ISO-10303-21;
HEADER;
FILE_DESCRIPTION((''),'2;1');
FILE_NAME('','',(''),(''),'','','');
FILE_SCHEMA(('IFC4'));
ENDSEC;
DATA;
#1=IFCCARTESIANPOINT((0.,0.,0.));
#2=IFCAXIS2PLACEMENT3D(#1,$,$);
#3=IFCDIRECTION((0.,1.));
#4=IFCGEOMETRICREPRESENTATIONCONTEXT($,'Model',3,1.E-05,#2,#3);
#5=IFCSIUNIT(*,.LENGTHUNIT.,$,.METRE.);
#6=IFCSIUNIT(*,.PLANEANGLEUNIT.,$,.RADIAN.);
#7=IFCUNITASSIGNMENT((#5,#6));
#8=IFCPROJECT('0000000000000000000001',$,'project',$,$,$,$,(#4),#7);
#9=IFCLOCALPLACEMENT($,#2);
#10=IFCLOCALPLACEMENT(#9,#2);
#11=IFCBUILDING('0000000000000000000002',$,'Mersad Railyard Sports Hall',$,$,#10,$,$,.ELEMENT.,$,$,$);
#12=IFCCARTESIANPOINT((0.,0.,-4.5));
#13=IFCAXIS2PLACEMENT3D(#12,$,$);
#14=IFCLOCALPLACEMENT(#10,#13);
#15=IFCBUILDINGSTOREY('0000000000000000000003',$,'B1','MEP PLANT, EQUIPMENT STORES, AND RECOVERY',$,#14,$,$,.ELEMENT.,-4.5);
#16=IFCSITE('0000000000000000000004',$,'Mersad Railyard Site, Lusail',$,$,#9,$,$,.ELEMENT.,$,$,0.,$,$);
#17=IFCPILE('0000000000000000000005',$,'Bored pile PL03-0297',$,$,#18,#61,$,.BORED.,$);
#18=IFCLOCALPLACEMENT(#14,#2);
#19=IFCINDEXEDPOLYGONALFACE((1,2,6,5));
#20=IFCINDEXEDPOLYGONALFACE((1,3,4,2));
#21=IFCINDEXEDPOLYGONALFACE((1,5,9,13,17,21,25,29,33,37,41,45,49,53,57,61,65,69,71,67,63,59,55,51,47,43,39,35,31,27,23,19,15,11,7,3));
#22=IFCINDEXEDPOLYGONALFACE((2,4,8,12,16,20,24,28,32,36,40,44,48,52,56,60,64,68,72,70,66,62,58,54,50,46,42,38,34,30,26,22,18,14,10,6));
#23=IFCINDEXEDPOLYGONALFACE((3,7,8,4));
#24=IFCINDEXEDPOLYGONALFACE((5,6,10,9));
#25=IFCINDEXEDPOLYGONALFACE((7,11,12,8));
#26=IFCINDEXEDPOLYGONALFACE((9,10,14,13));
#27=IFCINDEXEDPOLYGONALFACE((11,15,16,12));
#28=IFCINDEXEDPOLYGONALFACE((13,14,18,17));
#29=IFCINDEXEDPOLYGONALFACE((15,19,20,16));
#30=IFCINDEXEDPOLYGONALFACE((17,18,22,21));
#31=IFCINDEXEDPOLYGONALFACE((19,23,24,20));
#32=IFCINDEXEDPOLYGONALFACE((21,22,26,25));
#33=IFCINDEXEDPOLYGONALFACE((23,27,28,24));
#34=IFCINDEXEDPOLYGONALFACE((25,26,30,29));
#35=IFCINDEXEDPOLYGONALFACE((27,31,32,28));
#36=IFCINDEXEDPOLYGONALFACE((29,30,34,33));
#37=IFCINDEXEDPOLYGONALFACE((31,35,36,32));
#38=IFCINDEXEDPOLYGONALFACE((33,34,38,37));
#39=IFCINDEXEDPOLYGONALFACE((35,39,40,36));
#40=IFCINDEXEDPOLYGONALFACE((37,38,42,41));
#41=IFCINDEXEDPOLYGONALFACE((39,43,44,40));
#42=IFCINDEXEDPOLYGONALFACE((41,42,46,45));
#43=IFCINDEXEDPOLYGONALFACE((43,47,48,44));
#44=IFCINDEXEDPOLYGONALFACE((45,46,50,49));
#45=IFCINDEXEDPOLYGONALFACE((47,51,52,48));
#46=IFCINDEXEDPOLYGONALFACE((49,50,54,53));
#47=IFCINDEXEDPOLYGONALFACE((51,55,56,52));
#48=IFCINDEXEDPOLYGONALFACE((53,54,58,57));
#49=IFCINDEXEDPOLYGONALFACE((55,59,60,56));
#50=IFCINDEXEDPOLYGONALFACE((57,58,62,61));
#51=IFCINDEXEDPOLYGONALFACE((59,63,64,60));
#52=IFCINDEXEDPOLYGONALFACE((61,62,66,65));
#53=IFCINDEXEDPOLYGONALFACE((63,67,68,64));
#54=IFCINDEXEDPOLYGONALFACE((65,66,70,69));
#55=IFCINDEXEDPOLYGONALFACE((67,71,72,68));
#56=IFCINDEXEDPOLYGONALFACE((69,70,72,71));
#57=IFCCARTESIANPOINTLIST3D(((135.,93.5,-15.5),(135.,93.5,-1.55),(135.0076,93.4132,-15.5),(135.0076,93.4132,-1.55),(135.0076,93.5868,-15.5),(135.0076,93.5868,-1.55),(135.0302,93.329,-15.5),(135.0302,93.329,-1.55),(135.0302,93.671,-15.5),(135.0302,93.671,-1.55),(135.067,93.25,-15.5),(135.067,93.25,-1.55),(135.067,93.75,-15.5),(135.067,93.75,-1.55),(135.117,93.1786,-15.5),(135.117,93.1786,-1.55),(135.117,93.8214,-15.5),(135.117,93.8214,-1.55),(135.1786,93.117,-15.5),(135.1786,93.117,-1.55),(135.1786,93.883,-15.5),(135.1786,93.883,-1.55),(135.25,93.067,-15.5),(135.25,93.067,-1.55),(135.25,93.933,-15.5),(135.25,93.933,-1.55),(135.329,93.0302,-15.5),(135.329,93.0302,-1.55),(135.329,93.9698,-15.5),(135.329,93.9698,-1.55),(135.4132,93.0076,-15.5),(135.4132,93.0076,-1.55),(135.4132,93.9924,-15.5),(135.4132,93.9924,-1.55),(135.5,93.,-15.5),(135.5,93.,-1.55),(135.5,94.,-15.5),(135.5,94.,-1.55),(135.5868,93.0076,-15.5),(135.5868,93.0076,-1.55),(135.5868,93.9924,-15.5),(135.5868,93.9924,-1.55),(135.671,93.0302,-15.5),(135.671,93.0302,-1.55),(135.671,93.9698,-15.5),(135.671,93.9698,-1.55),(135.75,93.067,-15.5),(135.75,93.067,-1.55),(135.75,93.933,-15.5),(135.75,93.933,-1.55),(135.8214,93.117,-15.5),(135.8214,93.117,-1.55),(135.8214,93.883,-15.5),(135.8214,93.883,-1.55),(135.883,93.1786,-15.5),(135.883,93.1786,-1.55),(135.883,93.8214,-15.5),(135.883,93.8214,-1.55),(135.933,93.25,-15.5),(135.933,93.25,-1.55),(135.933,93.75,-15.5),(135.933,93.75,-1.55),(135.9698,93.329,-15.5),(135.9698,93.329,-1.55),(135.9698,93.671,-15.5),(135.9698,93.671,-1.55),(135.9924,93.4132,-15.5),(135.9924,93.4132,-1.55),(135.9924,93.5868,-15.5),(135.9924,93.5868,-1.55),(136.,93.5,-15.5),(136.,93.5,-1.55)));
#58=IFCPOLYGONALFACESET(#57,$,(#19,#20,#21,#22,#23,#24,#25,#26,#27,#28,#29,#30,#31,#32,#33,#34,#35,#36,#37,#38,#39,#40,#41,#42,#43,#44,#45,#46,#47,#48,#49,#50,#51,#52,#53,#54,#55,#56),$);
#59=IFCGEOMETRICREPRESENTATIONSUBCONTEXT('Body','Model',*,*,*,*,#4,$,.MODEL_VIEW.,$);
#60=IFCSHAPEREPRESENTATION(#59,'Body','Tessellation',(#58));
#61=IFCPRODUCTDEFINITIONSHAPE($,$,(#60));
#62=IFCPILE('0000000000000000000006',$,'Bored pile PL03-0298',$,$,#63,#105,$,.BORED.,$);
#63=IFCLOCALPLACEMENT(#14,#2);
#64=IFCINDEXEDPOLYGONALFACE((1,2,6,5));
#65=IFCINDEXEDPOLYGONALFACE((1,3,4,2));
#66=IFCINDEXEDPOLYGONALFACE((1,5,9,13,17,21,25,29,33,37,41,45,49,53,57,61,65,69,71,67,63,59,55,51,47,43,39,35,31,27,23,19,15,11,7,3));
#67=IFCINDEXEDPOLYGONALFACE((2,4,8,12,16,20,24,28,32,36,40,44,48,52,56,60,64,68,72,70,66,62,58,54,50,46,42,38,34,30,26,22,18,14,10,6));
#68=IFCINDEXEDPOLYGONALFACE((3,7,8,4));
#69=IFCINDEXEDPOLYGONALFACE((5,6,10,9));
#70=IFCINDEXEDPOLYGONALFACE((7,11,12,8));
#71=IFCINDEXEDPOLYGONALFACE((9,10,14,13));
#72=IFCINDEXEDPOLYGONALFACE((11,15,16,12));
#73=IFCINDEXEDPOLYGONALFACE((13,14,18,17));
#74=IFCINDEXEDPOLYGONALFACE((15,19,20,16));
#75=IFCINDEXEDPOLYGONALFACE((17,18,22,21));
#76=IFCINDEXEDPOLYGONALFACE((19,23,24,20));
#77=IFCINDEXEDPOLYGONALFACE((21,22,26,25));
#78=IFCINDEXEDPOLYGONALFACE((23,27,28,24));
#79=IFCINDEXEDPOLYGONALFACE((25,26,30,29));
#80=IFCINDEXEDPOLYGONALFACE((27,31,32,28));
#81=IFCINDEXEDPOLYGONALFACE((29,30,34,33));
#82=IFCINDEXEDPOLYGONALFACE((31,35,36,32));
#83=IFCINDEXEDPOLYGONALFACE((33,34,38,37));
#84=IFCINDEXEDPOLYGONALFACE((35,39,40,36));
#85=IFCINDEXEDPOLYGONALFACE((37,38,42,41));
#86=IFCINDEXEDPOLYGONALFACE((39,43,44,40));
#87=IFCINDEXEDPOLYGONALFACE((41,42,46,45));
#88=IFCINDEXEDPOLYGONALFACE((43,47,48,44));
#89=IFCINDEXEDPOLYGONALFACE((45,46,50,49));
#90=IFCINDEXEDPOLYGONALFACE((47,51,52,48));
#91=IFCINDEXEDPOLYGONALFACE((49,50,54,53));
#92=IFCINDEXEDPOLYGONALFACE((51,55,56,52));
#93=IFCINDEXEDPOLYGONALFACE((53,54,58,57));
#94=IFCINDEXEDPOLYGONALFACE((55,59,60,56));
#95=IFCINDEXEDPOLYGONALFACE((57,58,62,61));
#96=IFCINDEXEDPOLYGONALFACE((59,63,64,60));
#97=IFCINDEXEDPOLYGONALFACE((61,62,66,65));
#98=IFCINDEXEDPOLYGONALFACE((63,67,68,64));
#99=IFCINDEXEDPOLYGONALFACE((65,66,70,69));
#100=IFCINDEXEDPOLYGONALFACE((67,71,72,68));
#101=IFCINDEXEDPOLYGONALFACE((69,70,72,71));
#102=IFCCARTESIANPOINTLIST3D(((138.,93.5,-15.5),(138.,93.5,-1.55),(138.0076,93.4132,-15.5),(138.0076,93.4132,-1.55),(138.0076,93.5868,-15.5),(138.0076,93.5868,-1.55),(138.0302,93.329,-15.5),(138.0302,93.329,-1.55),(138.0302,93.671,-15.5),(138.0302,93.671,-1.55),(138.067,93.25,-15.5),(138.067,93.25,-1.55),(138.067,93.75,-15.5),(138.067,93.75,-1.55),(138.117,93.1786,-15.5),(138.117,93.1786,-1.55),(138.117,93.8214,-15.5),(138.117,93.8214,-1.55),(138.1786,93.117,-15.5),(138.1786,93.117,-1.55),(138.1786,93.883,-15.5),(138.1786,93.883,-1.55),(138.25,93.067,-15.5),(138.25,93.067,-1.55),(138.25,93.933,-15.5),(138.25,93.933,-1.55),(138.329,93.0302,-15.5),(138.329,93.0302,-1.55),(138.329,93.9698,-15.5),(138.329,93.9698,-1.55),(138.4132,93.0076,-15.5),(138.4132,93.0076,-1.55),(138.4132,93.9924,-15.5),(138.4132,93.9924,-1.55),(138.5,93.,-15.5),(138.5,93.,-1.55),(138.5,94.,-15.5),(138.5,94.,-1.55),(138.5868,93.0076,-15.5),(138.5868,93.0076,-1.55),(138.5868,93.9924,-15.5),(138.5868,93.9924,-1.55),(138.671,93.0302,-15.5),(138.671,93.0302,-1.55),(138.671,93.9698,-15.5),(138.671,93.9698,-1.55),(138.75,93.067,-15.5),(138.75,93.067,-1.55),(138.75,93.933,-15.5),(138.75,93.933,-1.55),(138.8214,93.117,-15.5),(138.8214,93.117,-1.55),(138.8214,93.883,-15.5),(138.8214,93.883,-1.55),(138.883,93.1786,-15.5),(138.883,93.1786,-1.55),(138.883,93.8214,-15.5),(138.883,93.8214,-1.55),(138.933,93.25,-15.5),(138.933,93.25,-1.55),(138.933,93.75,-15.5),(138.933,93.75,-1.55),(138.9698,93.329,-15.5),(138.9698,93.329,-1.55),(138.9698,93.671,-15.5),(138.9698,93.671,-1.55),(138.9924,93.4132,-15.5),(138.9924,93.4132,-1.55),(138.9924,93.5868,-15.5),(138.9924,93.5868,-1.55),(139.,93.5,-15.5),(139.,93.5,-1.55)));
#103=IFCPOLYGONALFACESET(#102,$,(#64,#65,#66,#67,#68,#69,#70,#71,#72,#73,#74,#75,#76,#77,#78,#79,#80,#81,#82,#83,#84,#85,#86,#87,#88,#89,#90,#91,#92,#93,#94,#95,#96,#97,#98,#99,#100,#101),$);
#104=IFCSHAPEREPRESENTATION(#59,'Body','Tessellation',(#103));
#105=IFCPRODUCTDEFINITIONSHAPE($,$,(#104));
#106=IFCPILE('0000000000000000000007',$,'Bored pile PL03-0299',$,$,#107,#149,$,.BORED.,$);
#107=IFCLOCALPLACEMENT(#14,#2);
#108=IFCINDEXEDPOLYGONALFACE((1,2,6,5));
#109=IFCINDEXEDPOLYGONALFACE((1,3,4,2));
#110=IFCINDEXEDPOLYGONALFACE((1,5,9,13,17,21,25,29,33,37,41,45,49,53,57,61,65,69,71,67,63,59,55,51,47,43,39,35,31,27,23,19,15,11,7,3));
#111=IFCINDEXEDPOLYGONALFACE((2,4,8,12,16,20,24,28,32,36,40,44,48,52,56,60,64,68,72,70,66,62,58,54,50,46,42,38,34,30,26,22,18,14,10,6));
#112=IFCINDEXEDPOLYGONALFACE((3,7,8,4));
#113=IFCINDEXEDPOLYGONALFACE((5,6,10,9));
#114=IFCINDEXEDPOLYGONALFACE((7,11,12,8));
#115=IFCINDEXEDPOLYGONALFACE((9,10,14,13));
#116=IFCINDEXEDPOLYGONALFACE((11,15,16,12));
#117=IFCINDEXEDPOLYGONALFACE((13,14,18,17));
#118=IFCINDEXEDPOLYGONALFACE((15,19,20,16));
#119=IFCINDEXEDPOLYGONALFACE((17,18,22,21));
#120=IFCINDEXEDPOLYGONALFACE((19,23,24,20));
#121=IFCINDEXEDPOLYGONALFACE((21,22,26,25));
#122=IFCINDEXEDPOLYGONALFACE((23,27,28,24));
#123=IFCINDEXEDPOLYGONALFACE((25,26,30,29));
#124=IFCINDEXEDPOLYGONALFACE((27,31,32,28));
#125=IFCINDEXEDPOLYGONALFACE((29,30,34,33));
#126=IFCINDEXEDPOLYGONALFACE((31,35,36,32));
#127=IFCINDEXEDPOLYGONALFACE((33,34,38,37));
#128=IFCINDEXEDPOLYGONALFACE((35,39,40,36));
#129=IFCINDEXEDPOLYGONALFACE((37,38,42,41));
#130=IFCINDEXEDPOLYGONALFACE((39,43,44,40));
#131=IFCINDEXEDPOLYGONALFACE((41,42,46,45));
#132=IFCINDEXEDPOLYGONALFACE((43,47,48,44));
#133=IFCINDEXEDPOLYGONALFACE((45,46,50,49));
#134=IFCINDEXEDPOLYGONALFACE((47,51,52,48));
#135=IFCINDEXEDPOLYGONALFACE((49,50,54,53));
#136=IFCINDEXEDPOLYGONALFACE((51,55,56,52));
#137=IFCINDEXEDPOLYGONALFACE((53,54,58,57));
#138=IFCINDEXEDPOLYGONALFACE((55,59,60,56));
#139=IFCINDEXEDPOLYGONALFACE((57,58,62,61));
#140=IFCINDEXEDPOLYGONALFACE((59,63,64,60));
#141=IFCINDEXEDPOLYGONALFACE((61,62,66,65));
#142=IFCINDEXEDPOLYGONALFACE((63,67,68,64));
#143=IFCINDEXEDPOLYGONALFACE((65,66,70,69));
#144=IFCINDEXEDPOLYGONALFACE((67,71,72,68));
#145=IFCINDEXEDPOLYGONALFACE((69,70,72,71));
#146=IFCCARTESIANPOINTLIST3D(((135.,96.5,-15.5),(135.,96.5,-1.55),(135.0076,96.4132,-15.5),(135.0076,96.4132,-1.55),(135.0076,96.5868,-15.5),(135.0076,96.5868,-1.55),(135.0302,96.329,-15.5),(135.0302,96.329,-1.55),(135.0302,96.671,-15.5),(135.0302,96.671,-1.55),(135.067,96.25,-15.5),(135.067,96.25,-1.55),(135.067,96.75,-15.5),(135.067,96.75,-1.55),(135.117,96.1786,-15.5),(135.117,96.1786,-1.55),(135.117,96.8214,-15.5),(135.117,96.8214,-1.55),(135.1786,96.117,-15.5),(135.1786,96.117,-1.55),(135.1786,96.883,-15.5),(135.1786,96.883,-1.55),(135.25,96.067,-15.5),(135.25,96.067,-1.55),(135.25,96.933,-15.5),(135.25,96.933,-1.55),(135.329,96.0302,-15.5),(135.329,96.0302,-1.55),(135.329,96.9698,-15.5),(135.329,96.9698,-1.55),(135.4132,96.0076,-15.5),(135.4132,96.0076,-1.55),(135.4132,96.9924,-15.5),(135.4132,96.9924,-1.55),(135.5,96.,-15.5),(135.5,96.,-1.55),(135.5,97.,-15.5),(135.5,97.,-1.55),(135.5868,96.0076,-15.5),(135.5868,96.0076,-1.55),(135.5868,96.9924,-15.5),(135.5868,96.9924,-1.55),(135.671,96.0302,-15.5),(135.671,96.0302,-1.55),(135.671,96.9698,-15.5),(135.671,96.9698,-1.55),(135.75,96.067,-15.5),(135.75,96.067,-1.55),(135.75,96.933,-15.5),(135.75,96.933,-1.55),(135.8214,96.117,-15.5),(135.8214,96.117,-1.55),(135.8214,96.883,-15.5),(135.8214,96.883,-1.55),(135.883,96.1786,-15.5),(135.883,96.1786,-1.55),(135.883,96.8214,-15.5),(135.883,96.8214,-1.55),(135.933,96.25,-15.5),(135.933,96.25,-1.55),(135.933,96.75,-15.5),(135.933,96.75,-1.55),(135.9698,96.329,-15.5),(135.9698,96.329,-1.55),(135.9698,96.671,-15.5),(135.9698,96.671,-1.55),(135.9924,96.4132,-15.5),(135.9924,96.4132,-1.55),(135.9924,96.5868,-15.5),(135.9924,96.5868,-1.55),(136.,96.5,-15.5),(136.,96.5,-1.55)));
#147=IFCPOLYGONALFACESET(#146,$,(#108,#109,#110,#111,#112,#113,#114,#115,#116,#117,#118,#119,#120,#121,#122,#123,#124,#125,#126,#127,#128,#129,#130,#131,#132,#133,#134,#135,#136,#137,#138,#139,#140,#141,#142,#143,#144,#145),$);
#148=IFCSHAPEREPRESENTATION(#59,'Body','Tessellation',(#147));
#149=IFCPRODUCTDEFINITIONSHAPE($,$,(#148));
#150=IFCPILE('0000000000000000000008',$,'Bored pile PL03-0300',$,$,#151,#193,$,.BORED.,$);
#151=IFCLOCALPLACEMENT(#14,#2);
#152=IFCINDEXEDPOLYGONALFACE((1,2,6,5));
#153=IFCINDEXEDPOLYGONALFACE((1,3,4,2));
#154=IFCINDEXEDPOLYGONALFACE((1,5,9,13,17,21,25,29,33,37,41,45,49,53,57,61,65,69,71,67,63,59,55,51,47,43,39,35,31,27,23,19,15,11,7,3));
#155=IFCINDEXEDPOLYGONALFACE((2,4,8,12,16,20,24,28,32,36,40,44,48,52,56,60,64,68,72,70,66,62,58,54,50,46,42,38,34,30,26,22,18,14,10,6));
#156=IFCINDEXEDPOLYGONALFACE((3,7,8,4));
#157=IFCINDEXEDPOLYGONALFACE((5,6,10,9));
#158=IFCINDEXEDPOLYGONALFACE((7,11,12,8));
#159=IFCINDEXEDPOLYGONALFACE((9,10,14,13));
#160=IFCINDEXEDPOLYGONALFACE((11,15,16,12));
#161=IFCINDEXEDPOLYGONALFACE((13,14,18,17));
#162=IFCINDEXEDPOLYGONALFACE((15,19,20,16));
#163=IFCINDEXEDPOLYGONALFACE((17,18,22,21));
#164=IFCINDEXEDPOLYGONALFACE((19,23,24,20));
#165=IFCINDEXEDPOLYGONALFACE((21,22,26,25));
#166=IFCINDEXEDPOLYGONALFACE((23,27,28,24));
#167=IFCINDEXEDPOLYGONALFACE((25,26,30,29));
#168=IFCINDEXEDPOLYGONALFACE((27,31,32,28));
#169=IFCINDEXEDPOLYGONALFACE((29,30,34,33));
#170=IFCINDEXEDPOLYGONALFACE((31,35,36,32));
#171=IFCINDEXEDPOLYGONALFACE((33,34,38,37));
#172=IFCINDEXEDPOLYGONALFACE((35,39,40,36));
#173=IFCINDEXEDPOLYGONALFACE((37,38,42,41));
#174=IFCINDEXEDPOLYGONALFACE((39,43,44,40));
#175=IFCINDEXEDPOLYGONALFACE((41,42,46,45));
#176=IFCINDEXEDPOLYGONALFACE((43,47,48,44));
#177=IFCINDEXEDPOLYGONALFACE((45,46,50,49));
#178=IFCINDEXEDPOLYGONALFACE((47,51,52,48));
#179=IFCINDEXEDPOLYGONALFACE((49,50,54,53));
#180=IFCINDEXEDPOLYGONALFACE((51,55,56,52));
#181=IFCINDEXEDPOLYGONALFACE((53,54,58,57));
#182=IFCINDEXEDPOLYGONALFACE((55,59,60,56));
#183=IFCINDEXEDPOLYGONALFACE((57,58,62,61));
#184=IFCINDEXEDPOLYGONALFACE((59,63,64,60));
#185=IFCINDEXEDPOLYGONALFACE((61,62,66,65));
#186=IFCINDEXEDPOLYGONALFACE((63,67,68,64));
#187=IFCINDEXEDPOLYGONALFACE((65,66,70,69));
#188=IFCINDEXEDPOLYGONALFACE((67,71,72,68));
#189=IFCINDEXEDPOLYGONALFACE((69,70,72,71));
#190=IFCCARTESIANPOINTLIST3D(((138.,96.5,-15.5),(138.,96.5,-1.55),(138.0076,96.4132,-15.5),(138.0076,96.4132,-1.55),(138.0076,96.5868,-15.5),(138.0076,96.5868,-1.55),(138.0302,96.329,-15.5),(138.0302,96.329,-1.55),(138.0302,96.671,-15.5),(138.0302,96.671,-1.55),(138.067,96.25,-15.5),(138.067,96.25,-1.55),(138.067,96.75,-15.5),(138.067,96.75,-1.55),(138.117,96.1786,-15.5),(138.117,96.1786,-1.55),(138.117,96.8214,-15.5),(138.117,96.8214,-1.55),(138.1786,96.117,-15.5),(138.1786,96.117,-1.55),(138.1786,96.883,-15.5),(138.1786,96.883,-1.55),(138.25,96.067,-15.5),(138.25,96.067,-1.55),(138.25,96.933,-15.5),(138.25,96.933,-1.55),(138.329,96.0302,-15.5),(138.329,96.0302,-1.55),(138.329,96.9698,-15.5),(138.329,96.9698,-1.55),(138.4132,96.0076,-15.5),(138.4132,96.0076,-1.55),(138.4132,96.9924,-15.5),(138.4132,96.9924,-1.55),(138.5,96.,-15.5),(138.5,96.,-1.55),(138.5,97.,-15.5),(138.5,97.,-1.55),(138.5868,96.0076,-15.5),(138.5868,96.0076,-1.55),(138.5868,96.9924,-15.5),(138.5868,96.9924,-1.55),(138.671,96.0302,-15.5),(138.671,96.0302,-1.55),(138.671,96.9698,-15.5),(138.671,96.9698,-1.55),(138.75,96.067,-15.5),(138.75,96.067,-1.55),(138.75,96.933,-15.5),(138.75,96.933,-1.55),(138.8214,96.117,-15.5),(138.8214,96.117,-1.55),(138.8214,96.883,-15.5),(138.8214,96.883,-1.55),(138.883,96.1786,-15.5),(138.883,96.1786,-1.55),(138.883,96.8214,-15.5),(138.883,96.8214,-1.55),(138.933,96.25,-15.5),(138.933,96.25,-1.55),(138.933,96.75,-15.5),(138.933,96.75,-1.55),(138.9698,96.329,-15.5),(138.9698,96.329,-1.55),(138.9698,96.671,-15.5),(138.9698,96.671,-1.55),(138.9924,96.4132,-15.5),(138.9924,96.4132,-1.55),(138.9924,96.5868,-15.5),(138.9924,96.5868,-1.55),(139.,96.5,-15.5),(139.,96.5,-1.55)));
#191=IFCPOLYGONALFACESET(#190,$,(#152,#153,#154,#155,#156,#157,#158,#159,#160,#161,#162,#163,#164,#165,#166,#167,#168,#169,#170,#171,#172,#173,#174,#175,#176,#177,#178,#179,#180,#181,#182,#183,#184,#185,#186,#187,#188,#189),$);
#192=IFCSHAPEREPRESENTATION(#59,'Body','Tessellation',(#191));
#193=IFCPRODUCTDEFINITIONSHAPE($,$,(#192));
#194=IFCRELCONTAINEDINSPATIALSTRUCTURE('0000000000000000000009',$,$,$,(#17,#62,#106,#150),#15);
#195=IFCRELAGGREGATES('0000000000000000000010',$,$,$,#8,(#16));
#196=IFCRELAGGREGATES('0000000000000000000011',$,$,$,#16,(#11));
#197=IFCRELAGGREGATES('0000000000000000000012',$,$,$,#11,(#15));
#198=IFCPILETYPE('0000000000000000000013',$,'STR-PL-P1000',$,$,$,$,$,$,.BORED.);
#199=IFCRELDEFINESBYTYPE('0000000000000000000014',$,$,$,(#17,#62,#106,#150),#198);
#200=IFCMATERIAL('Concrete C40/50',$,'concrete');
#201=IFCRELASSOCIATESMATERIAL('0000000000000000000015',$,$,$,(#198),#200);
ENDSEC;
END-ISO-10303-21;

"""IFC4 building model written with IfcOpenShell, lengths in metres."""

from ifc_helpers import new_model, si_unit, direction, frame, origin, origin_2d, place, context, subcontext, project, spatial, circle, extrude, material, material_profile, profile_set, type_object, element, save


model = new_model("IFC4")

# Units and contexts
model_context = context("Model", 3, precision=1e-05, world=origin(), true_north=direction((0.0, 1.0)))
body_context = subcontext(model_context, "Body", "Model", "MODEL_VIEW")
ifc_project = project(units=[si_unit("LENGTHUNIT", "METRE"), si_unit("PLANEANGLEUNIT", "RADIAN")], contexts=[model_context])

# Site, building, storey
site_placement = place(None, origin())
site = spatial("IfcSite", under=ifc_project, at=site_placement, Name="Mersad Railyard Site, Lusail", CompositionType="ELEMENT", RefElevation=0.0)
building_placement = place(site_placement, origin())
building = spatial("IfcBuilding", under=site, at=building_placement, Name="Mersad Railyard Sports Hall", CompositionType="ELEMENT")
storey_placement = place(building_placement, frame((0.0, 0.0, -4.5)))
storey = spatial("IfcBuildingStorey", under=building, at=storey_placement, Name="B1", Description="MEP PLANT, EQUIPMENT STORES, AND RECOVERY", CompositionType="ELEMENT", Elevation=-4.5)

# Shared definitions
ifc_material_1 = material(Name="Concrete C40/50", Category="concrete")

# Piles
ifc_material_profile_1 = material_profile(ifc_material_1, circle(Radius=0.5, at=origin_2d()), Name="BORED PILE D1000")
ifc_profile_set_1 = profile_set([ifc_material_profile_1], Name="Concrete C40/50")
pile_type_1 = type_object("IfcPileType", Name="STR-PL-P1000", PredefinedType="BORED", material=ifc_profile_set_1)
for number, where, z_axis, x_axis, name in (
    (1, (135.5, 93.5, -1.55), (0.0, 0.0, -1.0), (1.0, 0.0, 0.0), "Bored pile PL03-0297"),
    (2, (138.5, 93.5, -1.55), (0.0, 0.0, -1.0), (1.0, 0.0, 0.0), "Bored pile PL03-0298"),
    (3, (135.5, 96.5, -1.55), (0.0, 0.0, -1.0), (1.0, 0.0, 0.0), "Bored pile PL03-0299"),
    (4, (138.5, 96.5, -1.55), (0.0, 0.0, -1.0), (1.0, 0.0, 0.0), "Bored pile PL03-0300"),
):
    element("IfcPile", number, at=place(storey_placement, frame(where, z_axis=z_axis, x_axis=x_axis)), inside=storey, type_object=pile_type_1, Name=name, PredefinedType="BORED", context=body_context, shape_type="SweptSolid", body=[
        extrude(circle(Radius=0.5, at=origin_2d()), origin(), (0.0, 0.0, 1.0), 13.95),
    ])

save(model, "model.ifc")
